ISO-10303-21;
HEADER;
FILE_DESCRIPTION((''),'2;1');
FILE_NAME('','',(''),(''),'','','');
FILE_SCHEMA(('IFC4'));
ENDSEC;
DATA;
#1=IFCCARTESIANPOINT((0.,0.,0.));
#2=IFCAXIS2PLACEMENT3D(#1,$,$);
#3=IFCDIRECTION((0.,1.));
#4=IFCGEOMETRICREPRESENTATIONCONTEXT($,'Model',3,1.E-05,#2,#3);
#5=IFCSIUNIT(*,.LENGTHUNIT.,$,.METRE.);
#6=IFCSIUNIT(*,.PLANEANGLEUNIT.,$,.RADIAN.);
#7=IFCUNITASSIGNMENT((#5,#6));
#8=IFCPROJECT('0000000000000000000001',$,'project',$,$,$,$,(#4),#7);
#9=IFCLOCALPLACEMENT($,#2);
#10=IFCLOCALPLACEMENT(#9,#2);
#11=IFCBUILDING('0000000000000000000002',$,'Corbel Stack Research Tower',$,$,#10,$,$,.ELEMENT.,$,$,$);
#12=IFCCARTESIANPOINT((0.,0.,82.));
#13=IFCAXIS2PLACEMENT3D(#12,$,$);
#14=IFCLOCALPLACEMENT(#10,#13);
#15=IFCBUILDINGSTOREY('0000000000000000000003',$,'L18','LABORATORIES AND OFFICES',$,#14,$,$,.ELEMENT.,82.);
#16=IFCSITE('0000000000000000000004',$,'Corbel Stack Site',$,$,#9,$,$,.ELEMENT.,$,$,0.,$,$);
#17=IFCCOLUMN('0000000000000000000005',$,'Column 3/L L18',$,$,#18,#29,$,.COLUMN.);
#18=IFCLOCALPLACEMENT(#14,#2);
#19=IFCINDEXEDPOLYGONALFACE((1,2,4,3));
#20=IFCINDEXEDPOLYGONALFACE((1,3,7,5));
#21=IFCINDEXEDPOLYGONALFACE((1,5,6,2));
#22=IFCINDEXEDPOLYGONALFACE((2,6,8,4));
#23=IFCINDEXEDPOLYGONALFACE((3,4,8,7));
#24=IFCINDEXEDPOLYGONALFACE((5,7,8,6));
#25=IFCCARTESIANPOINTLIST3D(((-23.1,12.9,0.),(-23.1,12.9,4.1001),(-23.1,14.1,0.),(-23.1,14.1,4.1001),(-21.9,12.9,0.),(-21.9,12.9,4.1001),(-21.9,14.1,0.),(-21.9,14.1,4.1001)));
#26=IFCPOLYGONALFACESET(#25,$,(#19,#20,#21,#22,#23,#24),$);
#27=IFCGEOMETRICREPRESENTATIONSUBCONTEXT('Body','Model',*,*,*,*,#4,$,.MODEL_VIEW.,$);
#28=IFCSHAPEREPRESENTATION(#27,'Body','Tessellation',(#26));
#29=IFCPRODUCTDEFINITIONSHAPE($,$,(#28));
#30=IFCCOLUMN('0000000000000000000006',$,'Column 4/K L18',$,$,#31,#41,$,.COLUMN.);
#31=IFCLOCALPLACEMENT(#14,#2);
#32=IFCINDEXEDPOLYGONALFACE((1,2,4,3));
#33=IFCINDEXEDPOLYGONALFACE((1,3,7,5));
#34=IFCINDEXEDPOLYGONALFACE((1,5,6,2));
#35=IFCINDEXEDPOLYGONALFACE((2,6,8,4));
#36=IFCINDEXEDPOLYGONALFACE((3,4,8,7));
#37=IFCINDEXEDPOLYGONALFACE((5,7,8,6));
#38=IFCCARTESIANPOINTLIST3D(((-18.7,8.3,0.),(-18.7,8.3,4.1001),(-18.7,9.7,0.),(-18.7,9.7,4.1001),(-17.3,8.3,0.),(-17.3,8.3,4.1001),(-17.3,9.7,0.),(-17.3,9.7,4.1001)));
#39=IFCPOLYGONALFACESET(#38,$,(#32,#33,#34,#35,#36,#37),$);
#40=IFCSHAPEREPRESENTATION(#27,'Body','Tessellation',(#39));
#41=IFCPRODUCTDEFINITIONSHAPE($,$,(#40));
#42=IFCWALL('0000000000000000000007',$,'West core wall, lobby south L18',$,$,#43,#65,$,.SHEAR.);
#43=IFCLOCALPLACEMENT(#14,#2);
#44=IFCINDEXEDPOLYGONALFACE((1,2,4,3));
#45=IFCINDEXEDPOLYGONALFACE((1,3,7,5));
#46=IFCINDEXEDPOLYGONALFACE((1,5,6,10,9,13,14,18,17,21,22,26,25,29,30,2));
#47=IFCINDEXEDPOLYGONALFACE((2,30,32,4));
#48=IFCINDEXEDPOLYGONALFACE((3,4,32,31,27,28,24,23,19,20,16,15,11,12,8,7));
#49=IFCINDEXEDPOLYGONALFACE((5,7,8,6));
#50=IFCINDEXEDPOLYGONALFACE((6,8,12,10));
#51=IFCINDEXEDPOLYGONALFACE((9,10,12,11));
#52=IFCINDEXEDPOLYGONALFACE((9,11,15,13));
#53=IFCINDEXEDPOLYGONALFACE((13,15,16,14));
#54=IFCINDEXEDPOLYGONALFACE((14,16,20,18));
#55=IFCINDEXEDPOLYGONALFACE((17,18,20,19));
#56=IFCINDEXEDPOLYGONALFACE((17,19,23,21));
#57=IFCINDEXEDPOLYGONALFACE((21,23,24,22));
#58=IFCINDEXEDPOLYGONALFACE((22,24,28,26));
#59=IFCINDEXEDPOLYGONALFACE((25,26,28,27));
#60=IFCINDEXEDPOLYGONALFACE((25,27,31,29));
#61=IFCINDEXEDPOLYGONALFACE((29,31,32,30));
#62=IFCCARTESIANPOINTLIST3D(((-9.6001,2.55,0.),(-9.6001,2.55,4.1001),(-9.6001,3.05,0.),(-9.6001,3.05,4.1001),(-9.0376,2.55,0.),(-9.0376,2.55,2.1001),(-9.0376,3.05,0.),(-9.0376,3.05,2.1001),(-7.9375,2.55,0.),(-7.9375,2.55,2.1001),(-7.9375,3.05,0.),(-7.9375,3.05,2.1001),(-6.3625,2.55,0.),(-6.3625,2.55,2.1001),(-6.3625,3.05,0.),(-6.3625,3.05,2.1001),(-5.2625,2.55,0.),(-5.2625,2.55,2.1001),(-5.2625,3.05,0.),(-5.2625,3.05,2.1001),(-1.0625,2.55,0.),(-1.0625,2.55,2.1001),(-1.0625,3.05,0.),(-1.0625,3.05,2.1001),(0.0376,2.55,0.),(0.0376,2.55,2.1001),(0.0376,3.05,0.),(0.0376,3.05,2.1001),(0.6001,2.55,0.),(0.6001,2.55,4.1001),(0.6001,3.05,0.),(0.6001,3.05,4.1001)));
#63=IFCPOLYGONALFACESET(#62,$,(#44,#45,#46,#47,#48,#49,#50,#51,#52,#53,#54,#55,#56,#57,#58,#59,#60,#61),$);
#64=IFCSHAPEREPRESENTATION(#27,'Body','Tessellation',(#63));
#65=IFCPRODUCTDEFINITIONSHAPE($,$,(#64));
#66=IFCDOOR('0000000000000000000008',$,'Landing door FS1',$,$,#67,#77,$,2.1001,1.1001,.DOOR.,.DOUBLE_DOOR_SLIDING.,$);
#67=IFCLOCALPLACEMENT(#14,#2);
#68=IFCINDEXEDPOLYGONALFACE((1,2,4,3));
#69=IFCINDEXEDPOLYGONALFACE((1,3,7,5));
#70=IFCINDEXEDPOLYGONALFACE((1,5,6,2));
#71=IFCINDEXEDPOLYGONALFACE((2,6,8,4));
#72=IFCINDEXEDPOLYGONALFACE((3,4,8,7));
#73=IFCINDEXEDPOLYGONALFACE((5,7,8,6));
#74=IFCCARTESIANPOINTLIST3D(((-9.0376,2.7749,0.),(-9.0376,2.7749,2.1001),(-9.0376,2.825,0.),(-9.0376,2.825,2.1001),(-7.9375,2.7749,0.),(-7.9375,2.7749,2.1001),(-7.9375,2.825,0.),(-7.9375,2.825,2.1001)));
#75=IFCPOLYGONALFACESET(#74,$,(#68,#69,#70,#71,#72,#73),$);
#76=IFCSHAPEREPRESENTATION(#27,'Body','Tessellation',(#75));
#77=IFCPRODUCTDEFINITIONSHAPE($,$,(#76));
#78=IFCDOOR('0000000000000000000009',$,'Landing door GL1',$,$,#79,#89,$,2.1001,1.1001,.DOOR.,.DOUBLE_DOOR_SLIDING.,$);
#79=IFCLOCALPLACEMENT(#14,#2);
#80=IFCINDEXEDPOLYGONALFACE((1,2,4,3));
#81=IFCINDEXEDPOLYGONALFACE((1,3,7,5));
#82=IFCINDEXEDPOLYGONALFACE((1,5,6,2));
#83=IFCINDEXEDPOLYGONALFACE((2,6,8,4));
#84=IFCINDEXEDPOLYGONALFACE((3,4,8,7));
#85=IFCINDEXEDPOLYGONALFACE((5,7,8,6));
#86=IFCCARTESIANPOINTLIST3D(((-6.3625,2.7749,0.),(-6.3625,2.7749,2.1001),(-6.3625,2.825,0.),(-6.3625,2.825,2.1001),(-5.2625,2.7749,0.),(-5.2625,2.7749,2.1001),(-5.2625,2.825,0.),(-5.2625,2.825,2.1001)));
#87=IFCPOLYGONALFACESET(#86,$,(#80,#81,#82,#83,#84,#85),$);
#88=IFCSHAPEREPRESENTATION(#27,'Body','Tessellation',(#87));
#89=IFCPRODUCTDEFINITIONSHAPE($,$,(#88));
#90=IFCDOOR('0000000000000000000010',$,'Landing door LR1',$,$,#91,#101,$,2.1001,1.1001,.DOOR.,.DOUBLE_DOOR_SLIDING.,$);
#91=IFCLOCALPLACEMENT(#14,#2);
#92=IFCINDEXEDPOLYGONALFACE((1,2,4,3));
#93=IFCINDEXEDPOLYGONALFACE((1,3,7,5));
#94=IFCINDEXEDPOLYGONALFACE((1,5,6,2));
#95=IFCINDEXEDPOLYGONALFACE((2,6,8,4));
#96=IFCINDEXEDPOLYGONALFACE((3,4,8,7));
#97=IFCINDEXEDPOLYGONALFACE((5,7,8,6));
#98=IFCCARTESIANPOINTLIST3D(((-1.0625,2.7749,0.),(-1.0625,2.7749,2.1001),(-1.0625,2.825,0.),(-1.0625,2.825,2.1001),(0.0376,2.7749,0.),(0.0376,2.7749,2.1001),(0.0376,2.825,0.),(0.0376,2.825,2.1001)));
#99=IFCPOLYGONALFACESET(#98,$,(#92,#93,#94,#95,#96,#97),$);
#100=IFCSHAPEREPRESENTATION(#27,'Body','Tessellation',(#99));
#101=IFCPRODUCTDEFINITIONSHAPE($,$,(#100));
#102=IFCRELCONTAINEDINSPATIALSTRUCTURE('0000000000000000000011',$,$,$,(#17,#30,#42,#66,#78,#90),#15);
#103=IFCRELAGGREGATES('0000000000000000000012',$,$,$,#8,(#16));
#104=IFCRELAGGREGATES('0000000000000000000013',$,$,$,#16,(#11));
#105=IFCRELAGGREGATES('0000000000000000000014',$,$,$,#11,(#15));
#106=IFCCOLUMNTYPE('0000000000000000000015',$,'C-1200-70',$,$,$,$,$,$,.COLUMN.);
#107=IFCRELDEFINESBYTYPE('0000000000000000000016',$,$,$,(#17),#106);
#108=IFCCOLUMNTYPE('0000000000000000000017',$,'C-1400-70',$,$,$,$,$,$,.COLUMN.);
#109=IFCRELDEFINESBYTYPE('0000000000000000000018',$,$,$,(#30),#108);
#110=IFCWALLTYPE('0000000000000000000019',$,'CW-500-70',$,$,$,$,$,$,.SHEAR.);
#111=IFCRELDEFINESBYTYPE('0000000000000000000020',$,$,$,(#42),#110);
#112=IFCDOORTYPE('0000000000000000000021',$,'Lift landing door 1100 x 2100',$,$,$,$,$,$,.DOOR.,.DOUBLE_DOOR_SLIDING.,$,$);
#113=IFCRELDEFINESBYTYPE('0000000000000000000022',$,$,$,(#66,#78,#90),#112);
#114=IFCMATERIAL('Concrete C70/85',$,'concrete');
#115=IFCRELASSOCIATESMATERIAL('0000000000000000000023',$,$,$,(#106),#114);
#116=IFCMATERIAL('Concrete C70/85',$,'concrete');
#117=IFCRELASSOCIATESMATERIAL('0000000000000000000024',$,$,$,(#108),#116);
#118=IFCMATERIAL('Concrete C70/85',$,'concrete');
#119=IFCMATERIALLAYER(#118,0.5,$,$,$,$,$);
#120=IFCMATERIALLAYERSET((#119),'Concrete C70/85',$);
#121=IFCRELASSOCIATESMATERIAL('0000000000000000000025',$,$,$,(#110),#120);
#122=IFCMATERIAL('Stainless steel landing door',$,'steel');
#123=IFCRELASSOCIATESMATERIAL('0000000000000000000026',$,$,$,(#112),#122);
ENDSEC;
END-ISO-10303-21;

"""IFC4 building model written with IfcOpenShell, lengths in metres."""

from ifc_helpers import new_model, si_unit, direction, frame, frame_2d, origin, origin_2d, place, context, subcontext, project, spatial, rectangle, extrude, material, layer, layer_set, material_profile, profile_set, type_object, element, fill, save


model = new_model("IFC4")

# Units and contexts
model_context = context("Model", 3, precision=1e-05, world=origin(), true_north=direction((0.0, 1.0)))
body_context = subcontext(model_context, "Body", "Model", "MODEL_VIEW")
ifc_project = project(units=[si_unit("LENGTHUNIT", "METRE"), si_unit("PLANEANGLEUNIT", "RADIAN")], contexts=[model_context])

# Site, building, storey
site_placement = place(None, origin())
site = spatial("IfcSite", under=ifc_project, at=site_placement, Name="Corbel Stack Site", CompositionType="ELEMENT", RefElevation=0.0)
building_placement = place(site_placement, origin())
building = spatial("IfcBuilding", under=site, at=building_placement, Name="Corbel Stack Research Tower", CompositionType="ELEMENT")
storey_placement = place(building_placement, frame((0.0, 0.0, 82.0)))
storey = spatial("IfcBuildingStorey", under=building, at=storey_placement, Name="L18", Description="LABORATORIES AND OFFICES", CompositionType="ELEMENT", Elevation=82.0)

# Columns
ifc_material_1 = material(Name="Concrete C70/85", Category="concrete")
ifc_material_profile_1 = material_profile(ifc_material_1, rectangle(XDim=1.2, YDim=1.2, at=origin_2d()), Name="RC 1200 x 1200")
ifc_profile_set_1 = profile_set([ifc_material_profile_1], Name="Concrete C70/85")
column_type_1 = type_object("IfcColumnType", Name="C-1200-70", PredefinedType="COLUMN", material=ifc_profile_set_1)
column_1_placement = place(storey_placement, frame((-22.5, 13.5, 0.0), z_axis=(0.0, 0.0, 1.0), x_axis=(1.0, 0.0, 0.0)))
element("IfcColumn", 1, at=column_1_placement, inside=storey, type_object=column_type_1, Name="Column 3/L L18", PredefinedType="COLUMN", context=body_context, shape_type="SweptSolid", body=[
    extrude(rectangle(XDim=1.2, YDim=1.2, at=origin_2d()), origin(), (0.0, 0.0, 1.0), 4.1001),
])
ifc_material_2 = material(Name="Concrete C70/85", Category="concrete")
ifc_material_profile_2 = material_profile(ifc_material_2, rectangle(XDim=1.3999, YDim=1.3999, at=origin_2d()), Name="RC 1400 x 1400")
ifc_profile_set_2 = profile_set([ifc_material_profile_2], Name="Concrete C70/85")
column_type_2 = type_object("IfcColumnType", Name="C-1400-70", PredefinedType="COLUMN", material=ifc_profile_set_2)
column_2_placement = place(storey_placement, frame((-18.0, 9.0, 0.0), z_axis=(0.0, 0.0, 1.0), x_axis=(1.0, 0.0, 0.0)))
element("IfcColumn", 2, at=column_2_placement, inside=storey, type_object=column_type_2, Name="Column 4/K L18", PredefinedType="COLUMN", context=body_context, shape_type="SweptSolid", body=[
    extrude(rectangle(XDim=1.3999, YDim=1.3999, at=origin_2d()), origin(), (0.0, 0.0, 1.0), 4.1001),
])

# Wall, openings, doors
ifc_material_3 = material(Name="Concrete C70/85", Category="concrete")
ifc_layer_1 = layer(ifc_material_3, 0.5)
ifc_layer_set_1 = layer_set([ifc_layer_1], Name="Concrete C70/85")
wall_type_1 = type_object("IfcWallType", Name="CW-500-70", PredefinedType="SHEAR", material=ifc_layer_set_1)
wall_1_placement = place(storey_placement, frame((-9.6001, 2.8, 0.0), z_axis=(0.0, 0.0, 1.0), x_axis=(1.0, 0.0, 0.0)))
wall_1 = element("IfcWall", 3, at=wall_1_placement, inside=storey, type_object=wall_type_1, Name="West core wall, lobby south L18", PredefinedType="SHEAR", context=body_context, shape_type="SweptSolid", body=[
    extrude(rectangle(XDim=10.2002, YDim=0.5, at=frame_2d((5.1001, 0.0))), origin(), (0.0, 0.0, 1.0), 4.1001),
])
opening_1_placement = place(wall_1_placement, frame((0.5625, 0.0, 0.0)))
opening_1 = element("IfcOpeningElement", 4, at=opening_1_placement, cuts=wall_1, PredefinedType="OPENING", context=body_context, shape_type="SweptSolid", body=[
    extrude(rectangle(XDim=1.1001, YDim=2.1001, at=frame_2d((0.55, 1.05))), frame((0.0, 0.26, 0.0), z_axis=(0.0, -1.0, 0.0), x_axis=(1.0, 0.0, 0.0)), (0.0, 0.0, 1.0), 0.52),
])
opening_2_placement = place(wall_1_placement, frame((3.2375, 0.0, 0.0)))
opening_2 = element("IfcOpeningElement", 5, at=opening_2_placement, cuts=wall_1, PredefinedType="OPENING", context=body_context, shape_type="SweptSolid", body=[
    extrude(rectangle(XDim=1.1001, YDim=2.1001, at=frame_2d((0.55, 1.05))), frame((0.0, 0.26, 0.0), z_axis=(0.0, -1.0, 0.0), x_axis=(1.0, 0.0, 0.0)), (0.0, 0.0, 1.0), 0.52),
])
opening_3_placement = place(wall_1_placement, frame((8.5376, 0.0, 0.0)))
opening_3 = element("IfcOpeningElement", 6, at=opening_3_placement, cuts=wall_1, PredefinedType="OPENING", context=body_context, shape_type="SweptSolid", body=[
    extrude(rectangle(XDim=1.1001, YDim=2.1001, at=frame_2d((0.55, 1.05))), frame((0.0, 0.26, 0.0), z_axis=(0.0, -1.0, 0.0), x_axis=(1.0, 0.0, 0.0)), (0.0, 0.0, 1.0), 0.52),
])
ifc_material_4 = material(Name="Stainless steel landing door", Category="steel")
door_type_1 = type_object("IfcDoorType", Name="Lift landing door 1100 x 2100", OperationType="DOUBLE_DOOR_SLIDING", PredefinedType="DOOR", material=ifc_material_4)
door_1_placement = place(opening_1_placement, origin())
door_1 = element("IfcDoor", 7, at=door_1_placement, inside=storey, type_object=door_type_1, Name="Landing door FS1", OperationType="DOUBLE_DOOR_SLIDING", OverallHeight=2.1001, OverallWidth=1.1001, PredefinedType="DOOR", context=body_context, shape_type="SweptSolid", body=[
    extrude(rectangle(XDim=1.1001, YDim=2.1001, at=frame_2d((0.55, 1.05))), frame((0.0, 0.0249, 0.0), z_axis=(0.0, -1.0, 0.0), x_axis=(1.0, 0.0, 0.0)), (0.0, 0.0, 1.0), 0.05),
])
fill(opening_1, door_1)
door_2_placement = place(opening_2_placement, origin())
door_2 = element("IfcDoor", 8, at=door_2_placement, inside=storey, type_object=door_type_1, Name="Landing door GL1", OperationType="DOUBLE_DOOR_SLIDING", OverallHeight=2.1001, OverallWidth=1.1001, PredefinedType="DOOR", context=body_context, shape_type="SweptSolid", body=[
    extrude(rectangle(XDim=1.1001, YDim=2.1001, at=frame_2d((0.55, 1.05))), frame((0.0, 0.0249, 0.0), z_axis=(0.0, -1.0, 0.0), x_axis=(1.0, 0.0, 0.0)), (0.0, 0.0, 1.0), 0.05),
])
fill(opening_2, door_2)
door_3_placement = place(opening_3_placement, origin())
door_3 = element("IfcDoor", 9, at=door_3_placement, inside=storey, type_object=door_type_1, Name="Landing door LR1", OperationType="DOUBLE_DOOR_SLIDING", OverallHeight=2.1001, OverallWidth=1.1001, PredefinedType="DOOR", context=body_context, shape_type="SweptSolid", body=[
    extrude(rectangle(XDim=1.1001, YDim=2.1001, at=frame_2d((0.55, 1.05))), frame((0.0, 0.0249, 0.0), z_axis=(0.0, -1.0, 0.0), x_axis=(1.0, 0.0, 0.0)), (0.0, 0.0, 1.0), 0.05),
])
fill(opening_3, door_3)

save(model, "model.ifc")
